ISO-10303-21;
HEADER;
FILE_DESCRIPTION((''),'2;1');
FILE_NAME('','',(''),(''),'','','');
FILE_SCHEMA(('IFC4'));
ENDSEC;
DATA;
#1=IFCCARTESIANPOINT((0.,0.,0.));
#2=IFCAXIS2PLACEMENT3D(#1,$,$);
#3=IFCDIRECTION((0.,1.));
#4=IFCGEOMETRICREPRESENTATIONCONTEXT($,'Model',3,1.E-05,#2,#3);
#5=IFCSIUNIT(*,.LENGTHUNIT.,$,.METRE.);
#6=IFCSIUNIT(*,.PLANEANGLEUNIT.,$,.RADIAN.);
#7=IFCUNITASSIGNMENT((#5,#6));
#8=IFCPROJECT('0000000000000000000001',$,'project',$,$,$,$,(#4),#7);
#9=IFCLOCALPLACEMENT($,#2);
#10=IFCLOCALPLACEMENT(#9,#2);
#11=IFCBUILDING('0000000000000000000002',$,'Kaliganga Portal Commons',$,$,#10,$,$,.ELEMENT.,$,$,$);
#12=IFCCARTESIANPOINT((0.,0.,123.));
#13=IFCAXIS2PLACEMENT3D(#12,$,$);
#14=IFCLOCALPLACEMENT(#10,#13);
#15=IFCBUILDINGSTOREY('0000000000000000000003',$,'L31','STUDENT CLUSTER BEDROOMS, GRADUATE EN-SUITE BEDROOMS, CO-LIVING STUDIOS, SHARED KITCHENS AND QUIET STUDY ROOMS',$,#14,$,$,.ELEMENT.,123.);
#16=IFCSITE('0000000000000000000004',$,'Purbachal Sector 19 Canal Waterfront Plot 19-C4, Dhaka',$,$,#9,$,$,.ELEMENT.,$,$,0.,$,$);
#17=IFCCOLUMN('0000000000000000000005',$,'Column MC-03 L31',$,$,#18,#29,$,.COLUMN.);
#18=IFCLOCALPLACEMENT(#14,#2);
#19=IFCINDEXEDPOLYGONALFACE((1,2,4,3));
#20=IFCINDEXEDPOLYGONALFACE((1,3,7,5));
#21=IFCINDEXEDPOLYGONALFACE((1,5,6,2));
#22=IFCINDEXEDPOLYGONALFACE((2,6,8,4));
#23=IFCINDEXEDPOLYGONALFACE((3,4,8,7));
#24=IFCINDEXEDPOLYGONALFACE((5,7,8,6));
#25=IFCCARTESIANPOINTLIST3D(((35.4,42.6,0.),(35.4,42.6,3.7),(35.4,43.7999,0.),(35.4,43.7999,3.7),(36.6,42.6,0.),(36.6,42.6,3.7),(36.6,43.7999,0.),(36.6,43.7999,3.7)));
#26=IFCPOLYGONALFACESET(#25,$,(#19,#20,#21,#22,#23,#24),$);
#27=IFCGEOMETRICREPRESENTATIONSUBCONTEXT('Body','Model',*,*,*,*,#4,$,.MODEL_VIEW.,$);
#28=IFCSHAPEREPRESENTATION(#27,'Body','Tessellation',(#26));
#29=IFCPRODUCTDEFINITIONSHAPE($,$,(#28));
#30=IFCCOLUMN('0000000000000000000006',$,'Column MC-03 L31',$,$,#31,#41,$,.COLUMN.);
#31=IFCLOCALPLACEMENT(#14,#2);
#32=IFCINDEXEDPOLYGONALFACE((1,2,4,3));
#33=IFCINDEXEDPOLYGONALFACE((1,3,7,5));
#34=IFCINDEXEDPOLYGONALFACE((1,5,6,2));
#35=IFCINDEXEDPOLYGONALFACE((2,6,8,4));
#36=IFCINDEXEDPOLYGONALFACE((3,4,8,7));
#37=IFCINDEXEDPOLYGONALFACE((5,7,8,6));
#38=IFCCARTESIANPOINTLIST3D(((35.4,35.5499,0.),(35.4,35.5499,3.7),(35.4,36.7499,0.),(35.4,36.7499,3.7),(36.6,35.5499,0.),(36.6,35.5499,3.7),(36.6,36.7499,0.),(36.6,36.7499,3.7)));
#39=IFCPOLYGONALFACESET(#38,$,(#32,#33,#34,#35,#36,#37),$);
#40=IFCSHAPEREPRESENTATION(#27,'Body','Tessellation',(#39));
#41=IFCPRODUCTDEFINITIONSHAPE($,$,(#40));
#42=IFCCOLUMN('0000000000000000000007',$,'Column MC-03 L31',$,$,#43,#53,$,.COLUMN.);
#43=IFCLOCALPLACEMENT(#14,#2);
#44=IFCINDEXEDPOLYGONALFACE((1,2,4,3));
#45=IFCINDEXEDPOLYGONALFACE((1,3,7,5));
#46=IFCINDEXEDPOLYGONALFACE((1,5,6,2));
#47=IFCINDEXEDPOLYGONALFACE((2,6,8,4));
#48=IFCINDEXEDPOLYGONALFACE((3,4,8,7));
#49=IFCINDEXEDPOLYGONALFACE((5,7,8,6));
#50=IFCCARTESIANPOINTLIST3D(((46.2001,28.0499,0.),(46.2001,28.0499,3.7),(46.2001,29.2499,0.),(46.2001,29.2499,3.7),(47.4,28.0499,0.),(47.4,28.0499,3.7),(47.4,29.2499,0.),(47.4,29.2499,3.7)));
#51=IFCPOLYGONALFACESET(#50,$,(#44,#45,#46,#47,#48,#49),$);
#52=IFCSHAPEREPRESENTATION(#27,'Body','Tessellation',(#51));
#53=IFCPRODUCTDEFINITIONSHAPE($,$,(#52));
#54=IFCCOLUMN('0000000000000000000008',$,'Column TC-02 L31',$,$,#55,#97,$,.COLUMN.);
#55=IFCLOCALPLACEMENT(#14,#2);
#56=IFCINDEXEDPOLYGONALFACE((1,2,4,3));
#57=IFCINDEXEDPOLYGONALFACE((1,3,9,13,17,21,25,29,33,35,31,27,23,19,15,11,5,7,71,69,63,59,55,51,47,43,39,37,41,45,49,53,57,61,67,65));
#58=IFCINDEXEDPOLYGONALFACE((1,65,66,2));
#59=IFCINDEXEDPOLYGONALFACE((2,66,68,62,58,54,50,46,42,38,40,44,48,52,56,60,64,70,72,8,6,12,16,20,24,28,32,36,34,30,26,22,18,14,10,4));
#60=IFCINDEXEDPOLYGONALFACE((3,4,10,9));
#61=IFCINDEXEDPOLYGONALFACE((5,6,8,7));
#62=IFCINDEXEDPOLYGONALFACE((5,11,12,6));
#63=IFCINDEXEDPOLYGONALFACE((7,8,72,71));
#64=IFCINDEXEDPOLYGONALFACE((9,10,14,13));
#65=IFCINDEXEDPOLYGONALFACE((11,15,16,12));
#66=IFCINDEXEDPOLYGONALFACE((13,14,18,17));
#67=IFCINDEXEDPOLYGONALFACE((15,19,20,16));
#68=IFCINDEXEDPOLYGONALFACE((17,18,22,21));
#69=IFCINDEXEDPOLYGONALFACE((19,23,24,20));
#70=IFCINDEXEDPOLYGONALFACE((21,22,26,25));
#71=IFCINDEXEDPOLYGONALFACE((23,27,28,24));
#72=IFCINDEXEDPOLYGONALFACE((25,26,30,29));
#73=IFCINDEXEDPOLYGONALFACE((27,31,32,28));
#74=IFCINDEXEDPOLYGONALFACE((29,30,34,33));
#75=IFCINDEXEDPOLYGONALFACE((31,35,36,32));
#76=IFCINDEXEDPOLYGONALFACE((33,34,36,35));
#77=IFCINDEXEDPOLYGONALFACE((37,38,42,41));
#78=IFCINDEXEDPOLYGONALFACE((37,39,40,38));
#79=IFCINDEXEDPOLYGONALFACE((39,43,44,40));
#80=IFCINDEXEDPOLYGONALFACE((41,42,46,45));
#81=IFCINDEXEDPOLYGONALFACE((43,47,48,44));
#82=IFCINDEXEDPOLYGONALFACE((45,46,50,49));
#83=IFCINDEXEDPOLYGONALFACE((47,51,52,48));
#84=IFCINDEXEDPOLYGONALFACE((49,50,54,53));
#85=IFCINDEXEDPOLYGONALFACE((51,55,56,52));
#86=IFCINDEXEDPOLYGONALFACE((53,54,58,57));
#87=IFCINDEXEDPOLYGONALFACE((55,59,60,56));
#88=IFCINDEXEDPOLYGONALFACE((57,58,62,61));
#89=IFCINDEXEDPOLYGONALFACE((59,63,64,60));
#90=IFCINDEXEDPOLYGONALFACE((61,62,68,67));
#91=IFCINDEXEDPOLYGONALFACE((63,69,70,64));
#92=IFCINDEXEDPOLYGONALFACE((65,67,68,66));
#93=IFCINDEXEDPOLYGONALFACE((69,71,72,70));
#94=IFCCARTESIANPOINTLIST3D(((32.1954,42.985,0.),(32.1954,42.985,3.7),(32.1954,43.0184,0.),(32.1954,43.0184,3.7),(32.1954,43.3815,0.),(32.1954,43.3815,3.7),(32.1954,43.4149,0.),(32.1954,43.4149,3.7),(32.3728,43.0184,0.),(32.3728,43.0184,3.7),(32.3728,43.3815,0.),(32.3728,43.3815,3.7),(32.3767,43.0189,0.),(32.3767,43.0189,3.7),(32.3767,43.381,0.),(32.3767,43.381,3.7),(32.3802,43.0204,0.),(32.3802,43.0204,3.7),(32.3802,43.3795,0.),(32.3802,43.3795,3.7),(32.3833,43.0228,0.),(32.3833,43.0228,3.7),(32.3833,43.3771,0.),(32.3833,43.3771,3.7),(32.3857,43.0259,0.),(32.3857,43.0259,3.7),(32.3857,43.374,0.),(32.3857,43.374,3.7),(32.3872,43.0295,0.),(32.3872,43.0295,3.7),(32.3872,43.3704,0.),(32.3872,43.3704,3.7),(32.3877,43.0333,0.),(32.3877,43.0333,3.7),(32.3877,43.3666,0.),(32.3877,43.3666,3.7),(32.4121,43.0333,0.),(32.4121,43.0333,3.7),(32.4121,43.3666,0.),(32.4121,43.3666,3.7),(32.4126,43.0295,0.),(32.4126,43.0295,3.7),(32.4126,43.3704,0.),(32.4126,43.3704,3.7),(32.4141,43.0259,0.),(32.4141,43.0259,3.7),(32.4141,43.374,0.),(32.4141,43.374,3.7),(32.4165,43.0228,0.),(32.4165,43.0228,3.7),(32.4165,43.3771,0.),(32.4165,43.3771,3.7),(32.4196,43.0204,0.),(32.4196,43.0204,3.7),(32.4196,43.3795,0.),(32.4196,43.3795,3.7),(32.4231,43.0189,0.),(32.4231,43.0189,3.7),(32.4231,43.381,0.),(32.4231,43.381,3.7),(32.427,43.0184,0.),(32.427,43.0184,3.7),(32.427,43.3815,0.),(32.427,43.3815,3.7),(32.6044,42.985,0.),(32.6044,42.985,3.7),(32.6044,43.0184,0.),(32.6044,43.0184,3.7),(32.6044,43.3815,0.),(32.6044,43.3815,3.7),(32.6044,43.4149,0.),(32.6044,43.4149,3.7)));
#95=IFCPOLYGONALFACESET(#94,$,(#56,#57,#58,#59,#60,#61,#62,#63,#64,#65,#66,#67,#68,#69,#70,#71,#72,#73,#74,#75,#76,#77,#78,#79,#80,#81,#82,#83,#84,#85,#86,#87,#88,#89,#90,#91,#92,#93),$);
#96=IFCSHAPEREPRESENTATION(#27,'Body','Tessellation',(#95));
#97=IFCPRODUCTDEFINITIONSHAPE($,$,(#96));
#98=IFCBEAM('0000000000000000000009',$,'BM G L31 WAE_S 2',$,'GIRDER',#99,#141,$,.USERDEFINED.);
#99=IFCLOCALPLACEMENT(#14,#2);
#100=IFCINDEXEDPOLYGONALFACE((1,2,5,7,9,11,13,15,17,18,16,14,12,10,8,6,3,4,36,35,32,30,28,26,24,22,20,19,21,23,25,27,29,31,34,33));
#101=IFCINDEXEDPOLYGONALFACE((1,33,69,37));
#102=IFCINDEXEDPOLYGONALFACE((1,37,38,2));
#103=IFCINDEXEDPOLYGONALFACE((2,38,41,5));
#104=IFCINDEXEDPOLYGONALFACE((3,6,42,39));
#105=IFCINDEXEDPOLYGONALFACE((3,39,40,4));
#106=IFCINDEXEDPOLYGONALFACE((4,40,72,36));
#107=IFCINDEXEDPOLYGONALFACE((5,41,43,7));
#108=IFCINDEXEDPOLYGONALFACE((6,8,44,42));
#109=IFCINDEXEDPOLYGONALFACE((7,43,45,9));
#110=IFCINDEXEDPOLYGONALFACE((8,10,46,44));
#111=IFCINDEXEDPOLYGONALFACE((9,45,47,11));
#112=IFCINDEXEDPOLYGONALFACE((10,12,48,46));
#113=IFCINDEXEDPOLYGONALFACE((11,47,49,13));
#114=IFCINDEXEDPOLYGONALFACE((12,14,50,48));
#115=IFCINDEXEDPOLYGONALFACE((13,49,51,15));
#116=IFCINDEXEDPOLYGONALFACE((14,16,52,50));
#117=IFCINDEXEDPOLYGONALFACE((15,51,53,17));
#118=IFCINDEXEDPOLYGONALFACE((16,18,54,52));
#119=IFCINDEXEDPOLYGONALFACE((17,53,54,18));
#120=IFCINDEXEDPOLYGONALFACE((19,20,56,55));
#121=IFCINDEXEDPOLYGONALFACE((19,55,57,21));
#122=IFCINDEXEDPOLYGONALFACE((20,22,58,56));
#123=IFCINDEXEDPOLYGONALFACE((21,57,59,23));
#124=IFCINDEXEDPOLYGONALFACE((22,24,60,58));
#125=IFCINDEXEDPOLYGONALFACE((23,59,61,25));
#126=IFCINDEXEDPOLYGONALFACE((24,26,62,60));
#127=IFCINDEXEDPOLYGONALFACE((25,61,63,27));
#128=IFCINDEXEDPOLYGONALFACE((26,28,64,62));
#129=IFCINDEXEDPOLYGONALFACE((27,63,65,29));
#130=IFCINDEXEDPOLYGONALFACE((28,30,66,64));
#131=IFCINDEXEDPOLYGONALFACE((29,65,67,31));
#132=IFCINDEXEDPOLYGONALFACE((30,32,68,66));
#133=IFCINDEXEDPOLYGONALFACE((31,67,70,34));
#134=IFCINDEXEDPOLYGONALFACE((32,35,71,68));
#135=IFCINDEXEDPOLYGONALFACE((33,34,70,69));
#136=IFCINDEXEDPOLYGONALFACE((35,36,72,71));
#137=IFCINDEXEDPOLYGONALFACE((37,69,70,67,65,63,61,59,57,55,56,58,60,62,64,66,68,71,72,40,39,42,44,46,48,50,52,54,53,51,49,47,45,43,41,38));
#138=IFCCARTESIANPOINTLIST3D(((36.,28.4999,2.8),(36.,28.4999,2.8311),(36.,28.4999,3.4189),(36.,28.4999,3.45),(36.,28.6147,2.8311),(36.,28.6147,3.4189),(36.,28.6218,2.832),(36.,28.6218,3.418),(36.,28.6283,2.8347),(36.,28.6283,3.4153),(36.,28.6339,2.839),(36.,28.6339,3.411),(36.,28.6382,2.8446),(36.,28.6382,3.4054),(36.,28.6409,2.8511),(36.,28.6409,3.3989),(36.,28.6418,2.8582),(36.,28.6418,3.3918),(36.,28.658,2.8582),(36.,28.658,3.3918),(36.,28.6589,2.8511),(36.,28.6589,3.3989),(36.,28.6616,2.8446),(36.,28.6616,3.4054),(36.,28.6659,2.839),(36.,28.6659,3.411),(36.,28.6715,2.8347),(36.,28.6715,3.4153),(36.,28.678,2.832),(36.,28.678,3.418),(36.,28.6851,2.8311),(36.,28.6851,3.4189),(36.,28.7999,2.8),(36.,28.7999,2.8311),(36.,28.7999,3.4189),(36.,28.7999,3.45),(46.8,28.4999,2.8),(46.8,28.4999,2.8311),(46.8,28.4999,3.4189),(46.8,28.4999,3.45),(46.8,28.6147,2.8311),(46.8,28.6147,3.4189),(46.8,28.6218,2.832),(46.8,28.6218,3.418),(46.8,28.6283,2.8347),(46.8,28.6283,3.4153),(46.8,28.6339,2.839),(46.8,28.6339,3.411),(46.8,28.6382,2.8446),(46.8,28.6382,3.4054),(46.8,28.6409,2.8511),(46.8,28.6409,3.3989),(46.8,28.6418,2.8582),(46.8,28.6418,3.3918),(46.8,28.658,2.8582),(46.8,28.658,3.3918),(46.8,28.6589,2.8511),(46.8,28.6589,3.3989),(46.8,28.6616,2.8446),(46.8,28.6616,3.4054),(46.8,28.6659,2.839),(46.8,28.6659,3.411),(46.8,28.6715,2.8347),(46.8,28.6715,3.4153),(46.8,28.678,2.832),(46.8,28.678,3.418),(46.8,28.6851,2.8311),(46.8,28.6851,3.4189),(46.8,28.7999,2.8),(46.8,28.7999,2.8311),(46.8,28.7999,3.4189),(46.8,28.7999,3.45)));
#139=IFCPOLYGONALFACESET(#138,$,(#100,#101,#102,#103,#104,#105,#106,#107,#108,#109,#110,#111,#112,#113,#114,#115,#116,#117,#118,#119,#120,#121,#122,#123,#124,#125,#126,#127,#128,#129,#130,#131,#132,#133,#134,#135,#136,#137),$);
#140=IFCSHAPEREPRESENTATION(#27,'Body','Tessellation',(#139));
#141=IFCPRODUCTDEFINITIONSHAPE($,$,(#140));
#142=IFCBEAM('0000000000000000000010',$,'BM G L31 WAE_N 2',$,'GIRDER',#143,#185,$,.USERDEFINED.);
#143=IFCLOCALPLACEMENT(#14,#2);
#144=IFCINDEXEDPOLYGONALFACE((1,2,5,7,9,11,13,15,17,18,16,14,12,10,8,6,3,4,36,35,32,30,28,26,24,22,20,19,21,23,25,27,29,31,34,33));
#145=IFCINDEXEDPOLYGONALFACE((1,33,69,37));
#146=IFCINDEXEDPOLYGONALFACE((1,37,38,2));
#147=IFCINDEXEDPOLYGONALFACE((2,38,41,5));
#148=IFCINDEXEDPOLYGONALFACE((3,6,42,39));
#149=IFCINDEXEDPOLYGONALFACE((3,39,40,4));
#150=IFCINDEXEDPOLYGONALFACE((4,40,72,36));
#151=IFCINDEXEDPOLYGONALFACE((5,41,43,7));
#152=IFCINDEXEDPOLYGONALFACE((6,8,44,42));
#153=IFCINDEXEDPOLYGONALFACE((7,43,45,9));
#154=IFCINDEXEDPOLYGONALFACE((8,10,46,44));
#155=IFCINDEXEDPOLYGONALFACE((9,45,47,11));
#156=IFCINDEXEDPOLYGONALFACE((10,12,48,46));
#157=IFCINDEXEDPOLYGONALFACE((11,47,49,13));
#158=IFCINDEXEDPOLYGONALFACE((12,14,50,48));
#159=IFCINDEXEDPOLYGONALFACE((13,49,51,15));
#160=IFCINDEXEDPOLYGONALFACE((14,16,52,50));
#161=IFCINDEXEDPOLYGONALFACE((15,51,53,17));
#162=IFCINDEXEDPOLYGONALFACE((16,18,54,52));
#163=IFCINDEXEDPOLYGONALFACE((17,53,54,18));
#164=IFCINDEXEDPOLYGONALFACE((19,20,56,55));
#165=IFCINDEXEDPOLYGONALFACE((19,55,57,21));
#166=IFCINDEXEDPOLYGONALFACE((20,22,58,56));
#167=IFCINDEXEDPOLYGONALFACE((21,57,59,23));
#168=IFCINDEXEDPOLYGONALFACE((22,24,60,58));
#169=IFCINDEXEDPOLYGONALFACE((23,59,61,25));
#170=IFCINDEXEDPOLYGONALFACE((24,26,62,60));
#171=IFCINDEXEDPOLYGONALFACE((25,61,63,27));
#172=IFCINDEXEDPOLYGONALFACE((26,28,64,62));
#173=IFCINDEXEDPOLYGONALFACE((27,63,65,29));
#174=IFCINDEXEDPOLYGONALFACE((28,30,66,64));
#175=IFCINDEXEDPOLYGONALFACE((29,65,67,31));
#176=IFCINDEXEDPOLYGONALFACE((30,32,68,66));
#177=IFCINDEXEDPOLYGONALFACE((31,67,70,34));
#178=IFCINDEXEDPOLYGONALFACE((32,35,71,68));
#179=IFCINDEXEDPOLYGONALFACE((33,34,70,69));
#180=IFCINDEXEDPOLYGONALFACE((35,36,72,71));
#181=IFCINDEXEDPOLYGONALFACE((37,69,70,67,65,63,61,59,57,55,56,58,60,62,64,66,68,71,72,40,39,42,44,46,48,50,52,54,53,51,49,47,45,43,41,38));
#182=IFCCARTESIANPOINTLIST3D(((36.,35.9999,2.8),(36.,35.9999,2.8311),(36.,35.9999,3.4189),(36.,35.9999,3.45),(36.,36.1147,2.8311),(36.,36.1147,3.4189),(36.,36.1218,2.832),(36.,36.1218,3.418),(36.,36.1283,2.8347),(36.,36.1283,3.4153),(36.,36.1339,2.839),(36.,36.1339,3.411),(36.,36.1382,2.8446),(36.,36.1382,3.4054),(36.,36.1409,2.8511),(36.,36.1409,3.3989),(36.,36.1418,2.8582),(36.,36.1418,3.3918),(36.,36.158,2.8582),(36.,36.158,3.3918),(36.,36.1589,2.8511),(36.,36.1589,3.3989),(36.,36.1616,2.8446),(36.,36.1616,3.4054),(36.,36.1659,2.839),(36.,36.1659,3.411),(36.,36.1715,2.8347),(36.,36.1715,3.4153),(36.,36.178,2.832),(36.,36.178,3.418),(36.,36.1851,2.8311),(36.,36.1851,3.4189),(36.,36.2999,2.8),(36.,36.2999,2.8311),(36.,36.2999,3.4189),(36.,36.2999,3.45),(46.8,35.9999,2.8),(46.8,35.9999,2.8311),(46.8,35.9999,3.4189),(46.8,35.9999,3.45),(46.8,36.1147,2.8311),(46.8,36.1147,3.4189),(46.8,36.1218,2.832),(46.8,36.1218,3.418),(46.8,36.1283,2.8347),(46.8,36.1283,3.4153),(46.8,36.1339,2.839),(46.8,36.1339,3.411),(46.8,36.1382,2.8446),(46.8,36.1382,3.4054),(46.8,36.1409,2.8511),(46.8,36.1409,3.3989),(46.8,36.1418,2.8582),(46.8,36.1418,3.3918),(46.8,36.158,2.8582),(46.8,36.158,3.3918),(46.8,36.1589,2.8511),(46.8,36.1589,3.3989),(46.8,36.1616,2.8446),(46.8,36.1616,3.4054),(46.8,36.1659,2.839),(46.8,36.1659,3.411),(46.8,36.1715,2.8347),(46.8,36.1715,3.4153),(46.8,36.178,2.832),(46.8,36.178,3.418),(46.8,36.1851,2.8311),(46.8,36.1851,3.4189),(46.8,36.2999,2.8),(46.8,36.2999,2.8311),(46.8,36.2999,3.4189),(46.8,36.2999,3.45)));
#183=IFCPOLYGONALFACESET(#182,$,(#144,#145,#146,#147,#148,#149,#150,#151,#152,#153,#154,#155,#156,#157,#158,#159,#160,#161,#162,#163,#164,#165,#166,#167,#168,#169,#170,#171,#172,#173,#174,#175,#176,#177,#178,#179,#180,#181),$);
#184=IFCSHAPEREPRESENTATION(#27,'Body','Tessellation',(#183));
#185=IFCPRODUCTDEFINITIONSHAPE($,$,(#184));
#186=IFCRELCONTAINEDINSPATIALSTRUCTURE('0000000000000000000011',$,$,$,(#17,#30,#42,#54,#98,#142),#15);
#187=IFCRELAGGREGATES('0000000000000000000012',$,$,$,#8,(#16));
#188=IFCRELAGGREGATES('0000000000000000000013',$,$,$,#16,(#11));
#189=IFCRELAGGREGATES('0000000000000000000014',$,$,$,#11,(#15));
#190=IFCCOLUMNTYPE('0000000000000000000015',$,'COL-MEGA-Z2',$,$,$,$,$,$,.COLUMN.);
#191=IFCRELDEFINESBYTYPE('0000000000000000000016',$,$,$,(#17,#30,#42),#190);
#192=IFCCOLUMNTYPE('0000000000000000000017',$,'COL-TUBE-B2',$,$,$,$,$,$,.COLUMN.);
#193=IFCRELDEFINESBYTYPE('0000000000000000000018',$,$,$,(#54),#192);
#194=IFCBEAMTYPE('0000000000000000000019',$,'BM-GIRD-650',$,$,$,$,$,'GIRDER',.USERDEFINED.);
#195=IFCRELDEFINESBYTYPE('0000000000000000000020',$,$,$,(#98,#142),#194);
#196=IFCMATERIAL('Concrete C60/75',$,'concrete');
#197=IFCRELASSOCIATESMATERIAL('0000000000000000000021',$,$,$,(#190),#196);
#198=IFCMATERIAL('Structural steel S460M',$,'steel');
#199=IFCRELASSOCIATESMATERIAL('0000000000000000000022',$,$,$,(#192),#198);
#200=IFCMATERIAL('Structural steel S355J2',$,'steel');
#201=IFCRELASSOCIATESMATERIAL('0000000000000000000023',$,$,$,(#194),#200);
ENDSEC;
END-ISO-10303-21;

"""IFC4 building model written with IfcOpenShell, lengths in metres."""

from ifc_helpers import new_model, si_unit, direction, frame, origin, origin_2d, place, context, subcontext, project, spatial, rectangle, i_section, extrude, source, transform, mapped, material, material_profile, profile_set, type_object, element, save


model = new_model("IFC4")

# Units and contexts
model_context = context("Model", 3, precision=1e-05, world=origin(), true_north=direction((0.0, 1.0)))
body_context = subcontext(model_context, "Body", "Model", "MODEL_VIEW")
ifc_project = project(units=[si_unit("LENGTHUNIT", "METRE"), si_unit("PLANEANGLEUNIT", "RADIAN")], contexts=[model_context])

# Site, building, storey
site_placement = place(None, origin())
site = spatial("IfcSite", under=ifc_project, at=site_placement, Name="Purbachal Sector 19 Canal Waterfront Plot 19-C4, Dhaka", CompositionType="ELEMENT", RefElevation=0.0)
building_placement = place(site_placement, origin())
building = spatial("IfcBuilding", under=site, at=building_placement, Name="Kaliganga Portal Commons", CompositionType="ELEMENT")
storey_placement = place(building_placement, frame((0.0, 0.0, 123.0)))
storey = spatial("IfcBuildingStorey", under=building, at=storey_placement, Name="L31", Description="STUDENT CLUSTER BEDROOMS, GRADUATE EN-SUITE BEDROOMS, CO-LIVING STUDIOS, SHARED KITCHENS AND QUIET STUDY ROOMS", CompositionType="ELEMENT", Elevation=123.0)

# Columns
ifc_material_1 = material(Name="Concrete C60/75", Category="concrete")
ifc_material_profile_1 = material_profile(ifc_material_1, rectangle(XDim=1.2, YDim=1.2, at=origin_2d()), Name="RC 1200x1200")
ifc_profile_set_1 = profile_set([ifc_material_profile_1], Name="Concrete C60/75")
column_type_1 = type_object("IfcColumnType", Name="COL-MEGA-Z2", PredefinedType="COLUMN", material=ifc_profile_set_1)
shared_shape_1 = source(origin(), body_context, "Body", "SweptSolid", [
    extrude(rectangle(XDim=1.2, YDim=1.2, at=origin_2d()), origin(), (0.0, 0.0, 1.0), 3.7),
])
for number, where, z_axis, x_axis, name in (
    (1, (36.0, 43.2, 0.0), (0.0, 0.0, 1.0), (1.0, 0.0, 0.0), "Column MC-03 L31"),
    (2, (36.0, 36.1499, 0.0), (0.0, 0.0, 1.0), (1.0, 0.0, 0.0), "Column MC-03 L31"),
    (3, (46.8, 28.6499, 0.0), (0.0, 0.0, 1.0), (1.0, 0.0, 0.0), "Column MC-03 L31"),
):
    element("IfcColumn", number, at=place(storey_placement, frame(where, z_axis=z_axis, x_axis=x_axis)), inside=storey, type_object=column_type_1, Name=name, PredefinedType="COLUMN", context=body_context, shape_type="MappedRepresentation", body=[
        mapped(shared_shape_1, transform((0.0, 0.0, 0.0), x_axis=(1.0, 0.0, 0.0), y_axis=(0.0, 1.0, 0.0), z_axis=(0.0, 0.0, 1.0), scale=1.0)),
    ])
ifc_material_2 = material(Name="Structural steel S460M", Category="steel")
ifc_material_profile_2 = material_profile(ifc_material_2, i_section(OverallWidth=0.4089, OverallDepth=0.4299, WebThickness=0.0244, FlangeThickness=0.0334, FilletRadius=0.0149, at=origin_2d()), Name="HD 400x421")
ifc_profile_set_2 = profile_set([ifc_material_profile_2], Name="Structural steel S460M wide-flange")
column_type_2 = type_object("IfcColumnType", Name="COL-TUBE-B2", PredefinedType="COLUMN", material=ifc_profile_set_2)
shared_shape_2 = source(origin(), body_context, "Body", "SweptSolid", [
    extrude(i_section(OverallWidth=0.4089, OverallDepth=0.4299, WebThickness=0.0244, FlangeThickness=0.0334, FilletRadius=0.0149, at=origin_2d()), origin(), (0.0, 0.0, 1.0), 3.7),
])
column_placement = place(storey_placement, frame((32.3999, 43.2, 0.0), z_axis=(0.0, 0.0, 1.0), x_axis=(1.0, 0.0, 0.0)))
element("IfcColumn", 4, at=column_placement, inside=storey, type_object=column_type_2, Name="Column TC-02 L31", PredefinedType="COLUMN", context=body_context, shape_type="MappedRepresentation", body=[
    mapped(shared_shape_2, transform((0.0, 0.0, 0.0), x_axis=(1.0, 0.0, 0.0), y_axis=(0.0, 1.0, 0.0), z_axis=(0.0, 0.0, 1.0), scale=1.0)),
])

# Beams
ifc_material_3 = material(Name="Structural steel S355J2", Category="steel")
ifc_material_profile_3 = material_profile(ifc_material_3, i_section(OverallWidth=0.3, OverallDepth=0.6499, WebThickness=0.0161, FlangeThickness=0.031, FilletRadius=0.0271, at=origin_2d()), Name="HE 650 B")
ifc_profile_set_3 = profile_set([ifc_material_profile_3], Name="Structural steel S355J2 wide-flange")
beam_type_1 = type_object("IfcBeamType", Name="BM-GIRD-650", ElementType="GIRDER", PredefinedType="USERDEFINED", material=ifc_profile_set_3)
shared_shape_3 = source(origin(), body_context, "Body", "SweptSolid", [
    extrude(i_section(OverallWidth=0.3, OverallDepth=0.6499, WebThickness=0.0161, FlangeThickness=0.031, FilletRadius=0.0271, at=origin_2d()), origin(), (0.0, 0.0, 1.0), 10.8),
])
for number, where, z_axis, x_axis, name in (
    (5, (36.0, 28.6499, 3.125), (1.0, 0.0, 0.0), (0.0, 1.0, 0.0), "BM G L31 WAE_S 2"),
    (6, (36.0, 36.1499, 3.125), (1.0, 0.0, 0.0), (0.0, 1.0, 0.0), "BM G L31 WAE_N 2"),
):
    element("IfcBeam", number, at=place(storey_placement, frame(where, z_axis=z_axis, x_axis=x_axis)), inside=storey, type_object=beam_type_1, Name=name, ObjectType="GIRDER", PredefinedType="USERDEFINED", context=body_context, shape_type="MappedRepresentation", body=[
        mapped(shared_shape_3, transform((0.0, 0.0, 0.0), x_axis=(1.0, 0.0, 0.0), y_axis=(0.0, 1.0, 0.0), z_axis=(0.0, 0.0, 1.0), scale=1.0)),
    ])

save(model, "model.ifc")
